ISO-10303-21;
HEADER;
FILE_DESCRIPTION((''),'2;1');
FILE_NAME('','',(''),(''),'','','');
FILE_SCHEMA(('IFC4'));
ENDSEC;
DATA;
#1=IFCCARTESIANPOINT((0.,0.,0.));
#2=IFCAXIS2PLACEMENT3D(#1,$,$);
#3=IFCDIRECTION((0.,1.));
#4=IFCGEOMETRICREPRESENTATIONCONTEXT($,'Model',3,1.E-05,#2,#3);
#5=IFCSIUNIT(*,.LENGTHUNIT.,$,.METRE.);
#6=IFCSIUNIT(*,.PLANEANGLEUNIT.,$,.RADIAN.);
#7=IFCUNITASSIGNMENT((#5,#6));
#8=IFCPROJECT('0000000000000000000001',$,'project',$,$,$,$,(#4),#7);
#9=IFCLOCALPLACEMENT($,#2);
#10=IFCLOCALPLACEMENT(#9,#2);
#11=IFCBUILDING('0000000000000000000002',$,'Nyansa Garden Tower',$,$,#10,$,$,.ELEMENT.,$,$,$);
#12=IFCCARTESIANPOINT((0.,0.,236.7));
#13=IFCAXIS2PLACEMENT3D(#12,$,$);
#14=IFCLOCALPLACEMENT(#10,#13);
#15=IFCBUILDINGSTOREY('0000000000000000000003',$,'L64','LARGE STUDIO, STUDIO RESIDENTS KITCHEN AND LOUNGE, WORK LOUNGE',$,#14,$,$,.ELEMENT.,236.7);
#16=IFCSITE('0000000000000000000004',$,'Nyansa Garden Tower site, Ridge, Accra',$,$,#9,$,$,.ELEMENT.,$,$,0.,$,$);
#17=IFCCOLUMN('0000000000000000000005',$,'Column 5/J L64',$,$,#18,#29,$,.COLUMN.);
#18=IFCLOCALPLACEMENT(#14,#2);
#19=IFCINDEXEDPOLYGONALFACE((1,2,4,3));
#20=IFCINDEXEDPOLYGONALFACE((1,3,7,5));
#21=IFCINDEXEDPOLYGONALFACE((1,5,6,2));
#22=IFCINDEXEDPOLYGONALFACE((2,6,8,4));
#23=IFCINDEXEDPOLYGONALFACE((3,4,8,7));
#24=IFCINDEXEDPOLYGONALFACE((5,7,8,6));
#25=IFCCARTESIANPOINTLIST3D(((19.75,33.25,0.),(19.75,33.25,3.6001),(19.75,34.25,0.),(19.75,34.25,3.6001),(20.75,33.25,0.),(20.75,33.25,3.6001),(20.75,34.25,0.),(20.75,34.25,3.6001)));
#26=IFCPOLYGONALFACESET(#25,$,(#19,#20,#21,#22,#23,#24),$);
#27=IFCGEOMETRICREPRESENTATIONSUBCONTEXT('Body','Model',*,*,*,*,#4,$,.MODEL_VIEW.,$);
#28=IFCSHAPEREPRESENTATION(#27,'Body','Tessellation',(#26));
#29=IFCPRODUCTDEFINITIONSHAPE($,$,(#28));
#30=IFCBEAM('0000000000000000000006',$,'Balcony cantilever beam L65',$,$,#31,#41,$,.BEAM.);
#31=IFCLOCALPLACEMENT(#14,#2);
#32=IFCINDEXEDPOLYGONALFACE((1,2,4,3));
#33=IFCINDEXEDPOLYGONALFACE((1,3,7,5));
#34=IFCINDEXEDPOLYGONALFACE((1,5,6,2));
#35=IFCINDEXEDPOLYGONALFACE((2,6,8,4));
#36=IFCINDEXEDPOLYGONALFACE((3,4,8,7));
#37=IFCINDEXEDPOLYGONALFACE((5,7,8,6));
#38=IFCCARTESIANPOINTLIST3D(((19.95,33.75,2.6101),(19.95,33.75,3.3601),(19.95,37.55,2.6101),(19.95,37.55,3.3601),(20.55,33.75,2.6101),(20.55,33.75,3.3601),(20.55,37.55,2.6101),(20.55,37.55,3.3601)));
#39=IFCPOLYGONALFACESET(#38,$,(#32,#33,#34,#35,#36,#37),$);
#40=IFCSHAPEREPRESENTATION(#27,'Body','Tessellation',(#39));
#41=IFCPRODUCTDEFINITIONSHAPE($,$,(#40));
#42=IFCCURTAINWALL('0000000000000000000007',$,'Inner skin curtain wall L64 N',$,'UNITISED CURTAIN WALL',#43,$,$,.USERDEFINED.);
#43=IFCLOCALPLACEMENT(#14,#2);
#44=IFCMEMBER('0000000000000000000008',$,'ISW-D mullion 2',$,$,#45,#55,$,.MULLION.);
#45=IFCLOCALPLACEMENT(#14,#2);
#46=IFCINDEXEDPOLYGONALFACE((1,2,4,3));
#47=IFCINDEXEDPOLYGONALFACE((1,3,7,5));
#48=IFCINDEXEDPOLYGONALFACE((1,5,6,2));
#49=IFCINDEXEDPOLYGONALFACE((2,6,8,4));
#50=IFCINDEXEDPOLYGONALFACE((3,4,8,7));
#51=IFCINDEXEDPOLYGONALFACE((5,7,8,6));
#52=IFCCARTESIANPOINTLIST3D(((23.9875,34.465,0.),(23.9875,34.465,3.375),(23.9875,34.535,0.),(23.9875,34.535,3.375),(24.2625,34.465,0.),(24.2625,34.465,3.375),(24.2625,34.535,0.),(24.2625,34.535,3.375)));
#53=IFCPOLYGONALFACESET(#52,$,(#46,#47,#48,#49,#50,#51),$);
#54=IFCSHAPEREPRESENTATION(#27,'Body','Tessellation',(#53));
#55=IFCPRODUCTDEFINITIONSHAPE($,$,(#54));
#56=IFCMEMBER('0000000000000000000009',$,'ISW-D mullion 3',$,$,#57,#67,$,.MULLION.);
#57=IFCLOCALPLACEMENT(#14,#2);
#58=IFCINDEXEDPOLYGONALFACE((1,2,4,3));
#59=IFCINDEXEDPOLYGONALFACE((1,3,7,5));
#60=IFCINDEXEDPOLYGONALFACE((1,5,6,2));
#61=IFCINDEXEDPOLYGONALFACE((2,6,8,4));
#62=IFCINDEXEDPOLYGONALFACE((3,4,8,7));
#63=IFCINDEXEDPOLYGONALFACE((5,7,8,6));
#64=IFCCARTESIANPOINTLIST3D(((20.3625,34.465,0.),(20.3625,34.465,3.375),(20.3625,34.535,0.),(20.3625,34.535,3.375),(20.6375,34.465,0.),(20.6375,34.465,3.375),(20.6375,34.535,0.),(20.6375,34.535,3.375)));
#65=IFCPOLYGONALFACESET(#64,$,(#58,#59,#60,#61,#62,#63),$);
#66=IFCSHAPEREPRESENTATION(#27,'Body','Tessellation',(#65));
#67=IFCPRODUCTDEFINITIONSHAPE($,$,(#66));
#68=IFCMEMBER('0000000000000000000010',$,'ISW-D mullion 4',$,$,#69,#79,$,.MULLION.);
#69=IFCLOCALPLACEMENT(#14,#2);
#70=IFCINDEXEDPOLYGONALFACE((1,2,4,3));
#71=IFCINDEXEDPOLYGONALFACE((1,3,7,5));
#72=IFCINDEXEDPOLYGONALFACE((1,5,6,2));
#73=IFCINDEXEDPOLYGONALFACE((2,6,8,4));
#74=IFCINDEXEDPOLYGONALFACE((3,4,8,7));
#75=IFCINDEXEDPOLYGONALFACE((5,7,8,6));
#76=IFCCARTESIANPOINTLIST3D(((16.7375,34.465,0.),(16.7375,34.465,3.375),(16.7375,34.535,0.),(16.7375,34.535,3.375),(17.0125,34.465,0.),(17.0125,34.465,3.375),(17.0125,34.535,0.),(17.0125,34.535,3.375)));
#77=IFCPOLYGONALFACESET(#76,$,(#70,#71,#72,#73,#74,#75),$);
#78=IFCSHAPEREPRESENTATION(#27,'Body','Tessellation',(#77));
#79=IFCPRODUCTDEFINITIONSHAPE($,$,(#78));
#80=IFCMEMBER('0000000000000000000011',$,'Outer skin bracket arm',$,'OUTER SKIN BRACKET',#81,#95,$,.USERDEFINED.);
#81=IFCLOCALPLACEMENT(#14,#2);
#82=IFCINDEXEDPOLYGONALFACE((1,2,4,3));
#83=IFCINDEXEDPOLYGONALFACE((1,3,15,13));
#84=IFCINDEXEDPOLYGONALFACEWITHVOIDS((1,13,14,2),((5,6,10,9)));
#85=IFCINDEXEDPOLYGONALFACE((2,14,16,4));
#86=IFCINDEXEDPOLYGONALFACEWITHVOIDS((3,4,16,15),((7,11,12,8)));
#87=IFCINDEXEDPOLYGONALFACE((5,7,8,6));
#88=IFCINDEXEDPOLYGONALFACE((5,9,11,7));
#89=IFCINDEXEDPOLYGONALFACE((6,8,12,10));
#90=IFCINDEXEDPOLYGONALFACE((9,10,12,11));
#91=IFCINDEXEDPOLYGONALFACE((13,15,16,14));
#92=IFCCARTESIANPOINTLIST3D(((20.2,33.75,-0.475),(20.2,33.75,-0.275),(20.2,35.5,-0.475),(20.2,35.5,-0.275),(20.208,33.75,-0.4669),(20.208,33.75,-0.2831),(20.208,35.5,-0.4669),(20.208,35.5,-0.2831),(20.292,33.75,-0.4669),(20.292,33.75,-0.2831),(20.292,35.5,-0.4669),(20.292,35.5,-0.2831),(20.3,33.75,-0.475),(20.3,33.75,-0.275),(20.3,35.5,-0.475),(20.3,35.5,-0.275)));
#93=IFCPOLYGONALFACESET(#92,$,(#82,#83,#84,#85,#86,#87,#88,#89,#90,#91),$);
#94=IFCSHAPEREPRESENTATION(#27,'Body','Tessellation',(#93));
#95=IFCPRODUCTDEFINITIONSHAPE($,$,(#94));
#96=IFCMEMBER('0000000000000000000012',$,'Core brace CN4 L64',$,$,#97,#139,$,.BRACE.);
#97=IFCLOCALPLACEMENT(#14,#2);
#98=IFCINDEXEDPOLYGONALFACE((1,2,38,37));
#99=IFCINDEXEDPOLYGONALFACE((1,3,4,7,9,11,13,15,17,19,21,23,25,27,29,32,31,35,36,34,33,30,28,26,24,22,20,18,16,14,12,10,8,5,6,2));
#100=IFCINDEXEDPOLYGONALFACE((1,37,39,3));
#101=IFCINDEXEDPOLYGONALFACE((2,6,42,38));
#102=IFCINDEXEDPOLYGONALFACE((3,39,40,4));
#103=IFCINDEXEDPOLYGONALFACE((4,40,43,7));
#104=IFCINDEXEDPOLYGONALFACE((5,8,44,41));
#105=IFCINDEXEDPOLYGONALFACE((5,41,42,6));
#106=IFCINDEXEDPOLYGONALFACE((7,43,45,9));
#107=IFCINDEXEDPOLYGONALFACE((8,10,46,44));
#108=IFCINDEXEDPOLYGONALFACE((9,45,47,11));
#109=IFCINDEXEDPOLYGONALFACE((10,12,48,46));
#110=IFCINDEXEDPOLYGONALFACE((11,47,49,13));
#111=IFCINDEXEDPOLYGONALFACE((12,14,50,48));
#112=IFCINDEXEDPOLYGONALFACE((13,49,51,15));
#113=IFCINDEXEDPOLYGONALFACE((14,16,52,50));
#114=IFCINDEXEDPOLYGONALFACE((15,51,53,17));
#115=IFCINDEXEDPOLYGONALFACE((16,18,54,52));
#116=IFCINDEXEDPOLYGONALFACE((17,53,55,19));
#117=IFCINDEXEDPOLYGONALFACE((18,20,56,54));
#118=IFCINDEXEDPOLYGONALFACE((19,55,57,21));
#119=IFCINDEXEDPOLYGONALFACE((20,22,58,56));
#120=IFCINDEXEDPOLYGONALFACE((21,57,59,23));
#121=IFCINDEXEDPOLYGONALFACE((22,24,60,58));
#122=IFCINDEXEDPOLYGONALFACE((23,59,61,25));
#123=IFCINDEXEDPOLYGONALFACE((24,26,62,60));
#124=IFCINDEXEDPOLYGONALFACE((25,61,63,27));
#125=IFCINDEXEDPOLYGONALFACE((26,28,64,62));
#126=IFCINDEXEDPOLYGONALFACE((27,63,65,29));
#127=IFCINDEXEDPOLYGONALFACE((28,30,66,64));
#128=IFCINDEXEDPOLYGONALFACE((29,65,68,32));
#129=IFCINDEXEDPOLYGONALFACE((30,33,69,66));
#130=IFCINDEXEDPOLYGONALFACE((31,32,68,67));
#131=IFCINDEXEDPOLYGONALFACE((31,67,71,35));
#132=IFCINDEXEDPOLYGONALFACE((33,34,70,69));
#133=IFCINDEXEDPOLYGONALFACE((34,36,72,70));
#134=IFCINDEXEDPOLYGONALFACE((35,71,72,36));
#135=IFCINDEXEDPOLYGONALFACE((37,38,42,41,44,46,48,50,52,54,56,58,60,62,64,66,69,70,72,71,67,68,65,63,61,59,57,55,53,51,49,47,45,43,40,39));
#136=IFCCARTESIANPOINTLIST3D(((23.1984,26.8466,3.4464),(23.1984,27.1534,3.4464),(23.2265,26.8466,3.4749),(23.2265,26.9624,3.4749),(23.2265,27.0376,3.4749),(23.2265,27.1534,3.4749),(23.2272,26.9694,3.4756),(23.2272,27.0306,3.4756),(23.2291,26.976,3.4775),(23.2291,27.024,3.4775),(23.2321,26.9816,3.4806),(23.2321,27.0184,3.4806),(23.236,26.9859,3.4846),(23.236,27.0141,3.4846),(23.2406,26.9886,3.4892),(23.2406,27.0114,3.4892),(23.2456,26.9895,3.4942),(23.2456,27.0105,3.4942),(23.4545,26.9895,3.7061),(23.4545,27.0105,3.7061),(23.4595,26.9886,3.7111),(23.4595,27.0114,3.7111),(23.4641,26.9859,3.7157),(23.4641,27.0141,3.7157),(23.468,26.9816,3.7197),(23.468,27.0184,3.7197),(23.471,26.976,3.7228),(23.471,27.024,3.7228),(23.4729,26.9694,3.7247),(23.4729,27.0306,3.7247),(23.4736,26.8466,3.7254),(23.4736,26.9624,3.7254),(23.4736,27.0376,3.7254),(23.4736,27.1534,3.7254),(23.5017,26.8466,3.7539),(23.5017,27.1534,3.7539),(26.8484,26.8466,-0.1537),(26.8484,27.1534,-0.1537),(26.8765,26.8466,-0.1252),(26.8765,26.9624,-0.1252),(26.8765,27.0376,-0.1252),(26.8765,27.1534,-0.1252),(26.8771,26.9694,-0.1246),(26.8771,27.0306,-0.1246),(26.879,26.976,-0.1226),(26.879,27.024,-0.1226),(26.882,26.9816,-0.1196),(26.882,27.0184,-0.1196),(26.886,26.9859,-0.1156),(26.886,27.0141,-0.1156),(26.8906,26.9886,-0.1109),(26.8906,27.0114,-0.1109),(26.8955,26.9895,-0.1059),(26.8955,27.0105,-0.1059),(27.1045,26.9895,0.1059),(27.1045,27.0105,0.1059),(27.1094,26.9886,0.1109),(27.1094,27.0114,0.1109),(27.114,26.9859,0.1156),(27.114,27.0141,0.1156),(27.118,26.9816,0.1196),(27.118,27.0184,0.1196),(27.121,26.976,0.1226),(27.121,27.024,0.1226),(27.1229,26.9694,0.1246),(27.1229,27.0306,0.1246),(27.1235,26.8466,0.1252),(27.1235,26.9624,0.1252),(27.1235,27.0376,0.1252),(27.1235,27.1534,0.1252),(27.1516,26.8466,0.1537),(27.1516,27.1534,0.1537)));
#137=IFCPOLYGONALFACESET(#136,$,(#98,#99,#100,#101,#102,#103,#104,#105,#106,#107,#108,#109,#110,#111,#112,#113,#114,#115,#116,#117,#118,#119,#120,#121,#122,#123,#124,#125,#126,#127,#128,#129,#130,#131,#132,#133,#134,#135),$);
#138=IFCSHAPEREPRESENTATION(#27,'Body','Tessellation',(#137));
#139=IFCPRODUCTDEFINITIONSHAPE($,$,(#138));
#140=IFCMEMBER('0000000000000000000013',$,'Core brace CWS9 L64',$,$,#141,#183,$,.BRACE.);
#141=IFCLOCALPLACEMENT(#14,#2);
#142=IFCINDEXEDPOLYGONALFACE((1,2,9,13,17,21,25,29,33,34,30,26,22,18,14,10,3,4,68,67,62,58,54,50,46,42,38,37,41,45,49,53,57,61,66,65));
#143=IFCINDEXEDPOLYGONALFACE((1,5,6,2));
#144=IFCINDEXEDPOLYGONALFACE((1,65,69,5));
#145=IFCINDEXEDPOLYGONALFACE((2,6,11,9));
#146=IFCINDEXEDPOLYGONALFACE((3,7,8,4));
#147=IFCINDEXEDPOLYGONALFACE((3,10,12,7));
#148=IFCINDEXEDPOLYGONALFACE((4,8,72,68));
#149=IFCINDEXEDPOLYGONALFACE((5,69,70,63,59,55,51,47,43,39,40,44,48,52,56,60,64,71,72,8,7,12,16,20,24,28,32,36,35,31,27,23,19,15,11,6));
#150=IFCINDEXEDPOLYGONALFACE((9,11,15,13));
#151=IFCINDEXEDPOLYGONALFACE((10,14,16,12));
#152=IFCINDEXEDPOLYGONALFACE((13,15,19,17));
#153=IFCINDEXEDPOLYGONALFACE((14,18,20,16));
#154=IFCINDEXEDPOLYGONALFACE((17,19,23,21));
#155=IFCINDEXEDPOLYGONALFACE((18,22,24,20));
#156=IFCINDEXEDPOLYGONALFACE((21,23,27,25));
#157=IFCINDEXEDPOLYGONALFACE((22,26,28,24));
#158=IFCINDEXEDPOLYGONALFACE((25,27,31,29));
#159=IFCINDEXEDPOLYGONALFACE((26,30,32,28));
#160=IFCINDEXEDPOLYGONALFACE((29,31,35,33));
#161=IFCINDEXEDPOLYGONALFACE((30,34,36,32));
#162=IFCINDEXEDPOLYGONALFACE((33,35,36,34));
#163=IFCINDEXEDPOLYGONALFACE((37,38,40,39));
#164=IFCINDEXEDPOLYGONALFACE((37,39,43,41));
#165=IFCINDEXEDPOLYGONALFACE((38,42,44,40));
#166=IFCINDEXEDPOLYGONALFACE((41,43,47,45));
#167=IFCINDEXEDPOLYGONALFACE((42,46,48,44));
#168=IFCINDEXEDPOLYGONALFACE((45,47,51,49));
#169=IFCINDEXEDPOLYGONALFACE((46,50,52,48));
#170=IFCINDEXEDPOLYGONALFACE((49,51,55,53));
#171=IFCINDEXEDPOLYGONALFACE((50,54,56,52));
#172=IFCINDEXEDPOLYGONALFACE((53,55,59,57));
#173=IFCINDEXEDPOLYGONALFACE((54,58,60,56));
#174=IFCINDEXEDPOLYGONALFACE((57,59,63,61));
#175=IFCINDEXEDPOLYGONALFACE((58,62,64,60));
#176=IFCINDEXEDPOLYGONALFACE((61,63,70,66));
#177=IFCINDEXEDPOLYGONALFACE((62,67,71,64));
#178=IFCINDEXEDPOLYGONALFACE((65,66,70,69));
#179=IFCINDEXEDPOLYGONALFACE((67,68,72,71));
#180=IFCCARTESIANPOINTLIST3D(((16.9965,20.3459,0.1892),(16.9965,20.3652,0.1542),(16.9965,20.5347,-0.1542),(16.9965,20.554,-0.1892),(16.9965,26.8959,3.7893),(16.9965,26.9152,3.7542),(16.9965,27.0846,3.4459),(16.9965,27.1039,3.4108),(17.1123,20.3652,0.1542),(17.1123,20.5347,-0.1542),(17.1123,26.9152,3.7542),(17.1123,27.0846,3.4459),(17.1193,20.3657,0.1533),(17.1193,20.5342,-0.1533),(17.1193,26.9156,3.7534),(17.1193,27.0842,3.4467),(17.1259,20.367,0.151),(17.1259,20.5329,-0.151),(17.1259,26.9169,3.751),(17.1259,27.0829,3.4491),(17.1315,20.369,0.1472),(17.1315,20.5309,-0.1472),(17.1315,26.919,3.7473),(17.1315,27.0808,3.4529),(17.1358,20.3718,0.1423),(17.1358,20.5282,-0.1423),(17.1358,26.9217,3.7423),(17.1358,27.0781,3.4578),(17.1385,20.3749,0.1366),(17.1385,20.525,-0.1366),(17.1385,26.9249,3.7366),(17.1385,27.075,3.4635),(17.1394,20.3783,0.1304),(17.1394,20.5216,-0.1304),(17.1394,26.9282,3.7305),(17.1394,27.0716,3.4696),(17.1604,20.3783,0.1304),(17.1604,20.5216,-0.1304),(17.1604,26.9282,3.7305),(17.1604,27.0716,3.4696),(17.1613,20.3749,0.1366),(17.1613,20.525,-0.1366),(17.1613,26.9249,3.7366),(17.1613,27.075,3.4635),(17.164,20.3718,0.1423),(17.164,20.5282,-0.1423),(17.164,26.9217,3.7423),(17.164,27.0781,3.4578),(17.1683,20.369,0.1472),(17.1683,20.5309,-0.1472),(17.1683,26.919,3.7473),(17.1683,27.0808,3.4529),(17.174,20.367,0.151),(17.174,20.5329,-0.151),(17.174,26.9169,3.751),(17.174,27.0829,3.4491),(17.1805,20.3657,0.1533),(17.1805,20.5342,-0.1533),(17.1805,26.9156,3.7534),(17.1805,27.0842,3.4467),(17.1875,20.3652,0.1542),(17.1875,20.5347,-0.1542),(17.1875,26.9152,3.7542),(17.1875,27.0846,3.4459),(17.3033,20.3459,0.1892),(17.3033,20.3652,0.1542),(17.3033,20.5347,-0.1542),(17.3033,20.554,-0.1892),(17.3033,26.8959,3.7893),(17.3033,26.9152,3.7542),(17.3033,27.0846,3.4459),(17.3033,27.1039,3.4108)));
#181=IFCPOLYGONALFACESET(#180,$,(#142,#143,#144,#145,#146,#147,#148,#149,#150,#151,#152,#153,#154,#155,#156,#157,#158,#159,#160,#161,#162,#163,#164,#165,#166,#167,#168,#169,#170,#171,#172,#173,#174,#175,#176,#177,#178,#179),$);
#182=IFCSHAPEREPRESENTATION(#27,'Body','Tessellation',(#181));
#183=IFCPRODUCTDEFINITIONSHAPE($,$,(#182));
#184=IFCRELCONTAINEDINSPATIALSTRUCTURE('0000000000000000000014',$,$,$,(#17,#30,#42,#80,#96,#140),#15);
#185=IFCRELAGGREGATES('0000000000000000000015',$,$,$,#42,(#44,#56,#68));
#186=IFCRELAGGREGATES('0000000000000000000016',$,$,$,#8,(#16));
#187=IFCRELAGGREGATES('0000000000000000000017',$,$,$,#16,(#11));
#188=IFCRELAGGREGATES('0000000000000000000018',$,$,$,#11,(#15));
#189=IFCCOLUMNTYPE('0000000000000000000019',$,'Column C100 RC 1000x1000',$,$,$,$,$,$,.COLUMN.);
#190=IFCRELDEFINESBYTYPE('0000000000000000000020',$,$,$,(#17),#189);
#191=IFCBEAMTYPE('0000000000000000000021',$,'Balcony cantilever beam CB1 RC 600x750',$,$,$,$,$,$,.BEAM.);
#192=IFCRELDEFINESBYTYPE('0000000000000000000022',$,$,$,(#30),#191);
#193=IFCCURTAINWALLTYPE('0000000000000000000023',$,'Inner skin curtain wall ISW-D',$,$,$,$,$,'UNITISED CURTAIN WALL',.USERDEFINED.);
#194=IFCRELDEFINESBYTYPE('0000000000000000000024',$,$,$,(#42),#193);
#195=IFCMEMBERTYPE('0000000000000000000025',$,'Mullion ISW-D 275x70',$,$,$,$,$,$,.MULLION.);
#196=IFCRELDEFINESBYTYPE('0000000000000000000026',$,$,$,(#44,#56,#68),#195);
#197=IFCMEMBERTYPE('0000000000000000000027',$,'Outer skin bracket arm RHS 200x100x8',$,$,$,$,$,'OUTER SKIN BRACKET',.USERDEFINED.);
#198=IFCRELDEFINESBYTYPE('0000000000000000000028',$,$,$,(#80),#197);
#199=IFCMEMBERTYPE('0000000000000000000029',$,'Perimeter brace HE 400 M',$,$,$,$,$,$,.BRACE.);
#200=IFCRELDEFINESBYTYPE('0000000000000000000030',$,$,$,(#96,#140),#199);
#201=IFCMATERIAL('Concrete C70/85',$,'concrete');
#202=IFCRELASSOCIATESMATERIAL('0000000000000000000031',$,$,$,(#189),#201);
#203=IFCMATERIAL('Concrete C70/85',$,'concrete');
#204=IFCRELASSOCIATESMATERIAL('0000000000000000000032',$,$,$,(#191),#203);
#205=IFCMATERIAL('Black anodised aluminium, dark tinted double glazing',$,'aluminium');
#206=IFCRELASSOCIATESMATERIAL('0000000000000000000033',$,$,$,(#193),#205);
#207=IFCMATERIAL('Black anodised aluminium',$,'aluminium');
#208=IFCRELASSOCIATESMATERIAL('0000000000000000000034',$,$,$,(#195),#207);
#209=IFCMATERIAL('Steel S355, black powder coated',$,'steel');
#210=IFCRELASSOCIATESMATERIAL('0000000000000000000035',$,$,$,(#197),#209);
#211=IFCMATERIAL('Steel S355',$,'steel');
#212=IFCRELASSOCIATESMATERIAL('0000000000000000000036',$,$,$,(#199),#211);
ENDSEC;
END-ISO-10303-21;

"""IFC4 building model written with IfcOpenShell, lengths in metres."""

from ifc_helpers import new_model, si_unit, direction, frame, origin, origin_2d, place, context, subcontext, project, spatial, rectangle, hollow_rectangle, i_section, extrude, material, material_profile, profile_set, type_object, element, aggregate, save


model = new_model("IFC4")

# Units and contexts
model_context = context("Model", 3, precision=1e-05, world=origin(), true_north=direction((0.0, 1.0)))
body_context = subcontext(model_context, "Body", "Model", "MODEL_VIEW")
ifc_project = project(units=[si_unit("LENGTHUNIT", "METRE"), si_unit("PLANEANGLEUNIT", "RADIAN")], contexts=[model_context])

# Site, building, storey
site_placement = place(None, origin())
site = spatial("IfcSite", under=ifc_project, at=site_placement, Name="Nyansa Garden Tower site, Ridge, Accra", CompositionType="ELEMENT", RefElevation=0.0)
building_placement = place(site_placement, origin())
building = spatial("IfcBuilding", under=site, at=building_placement, Name="Nyansa Garden Tower", CompositionType="ELEMENT")
storey_placement = place(building_placement, frame((0.0, 0.0, 236.7)))
storey = spatial("IfcBuildingStorey", under=building, at=storey_placement, Name="L64", Description="LARGE STUDIO, STUDIO RESIDENTS KITCHEN AND LOUNGE, WORK LOUNGE", CompositionType="ELEMENT", Elevation=236.7)

# Column
ifc_material_1 = material(Name="Concrete C70/85", Category="concrete")
ifc_material_profile_1 = material_profile(ifc_material_1, rectangle(XDim=1.0, YDim=1.0, at=origin_2d()), Name="RC 1000x1000")
ifc_profile_set_1 = profile_set([ifc_material_profile_1], Name="Concrete C70/85")
column_type = type_object("IfcColumnType", Name="Column C100 RC 1000x1000", PredefinedType="COLUMN", material=ifc_profile_set_1)
column_placement = place(storey_placement, frame((20.25, 33.75, 0.0), z_axis=(0.0, 0.0, 1.0), x_axis=(1.0, 0.0, 0.0)))
element("IfcColumn", 1, at=column_placement, inside=storey, type_object=column_type, Name="Column 5/J L64", PredefinedType="COLUMN", context=body_context, shape_type="SweptSolid", body=[
    extrude(rectangle(XDim=1.0, YDim=1.0, at=origin_2d()), origin(), (0.0, 0.0, 1.0), 3.6001),
])

# Beam
ifc_material_2 = material(Name="Concrete C70/85", Category="concrete")
ifc_material_profile_2 = material_profile(ifc_material_2, rectangle(XDim=0.6001, YDim=0.75, at=origin_2d()), Name="RC 600x750")
ifc_profile_set_2 = profile_set([ifc_material_profile_2], Name="Concrete C70/85")
beam_type_1 = type_object("IfcBeamType", Name="Balcony cantilever beam CB1 RC 600x750", PredefinedType="BEAM", material=ifc_profile_set_2)
beam_1_placement = place(storey_placement, frame((20.25, 33.75, 2.9851), z_axis=(0.0, 1.0, 0.0), x_axis=(-1.0, 0.0, 0.0)))
element("IfcBeam", 2, at=beam_1_placement, inside=storey, type_object=beam_type_1, Name="Balcony cantilever beam L65", PredefinedType="BEAM", context=body_context, shape_type="SweptSolid", body=[
    extrude(rectangle(XDim=0.6001, YDim=0.75, at=origin_2d()), origin(), (0.0, 0.0, 1.0), 3.8),
])

# Curtain wall, members
ifc_material_3 = material(Name="Black anodised aluminium, dark tinted double glazing", Category="aluminium")
curtain_wall_type = type_object("IfcCurtainWallType", Name="Inner skin curtain wall ISW-D", ElementType="UNITISED CURTAIN WALL", PredefinedType="USERDEFINED", material=ifc_material_3)
curtain_wall_placement = place(storey_placement, origin())
curtain_wall = element("IfcCurtainWall", 3, at=curtain_wall_placement, inside=storey, type_object=curtain_wall_type, Name="Inner skin curtain wall L64 N", ObjectType="UNITISED CURTAIN WALL", PredefinedType="USERDEFINED")
ifc_material_4 = material(Name="Black anodised aluminium", Category="aluminium")
ifc_material_profile_3 = material_profile(ifc_material_4, rectangle(XDim=0.0701, YDim=0.2749, at=origin_2d()), Name="Mullion 275x70")
ifc_profile_set_3 = profile_set([ifc_material_profile_3], Name="Black anodised aluminium")
member_type_1 = type_object("IfcMemberType", Name="Mullion ISW-D 275x70", PredefinedType="MULLION", material=ifc_profile_set_3)
member_1_placement = place(storey_placement, frame((24.125, 34.5, 0.0), z_axis=(0.0, 0.0, 1.0), x_axis=(0.0, -1.0, 0.0)))
member_1 = element("IfcMember", 4, at=member_1_placement, type_object=member_type_1, Name="ISW-D mullion 2", PredefinedType="MULLION", context=body_context, shape_type="SweptSolid", body=[
    extrude(rectangle(XDim=0.0701, YDim=0.2749, at=origin_2d()), origin(), (0.0, 0.0, 1.0), 3.375),
])
member_2_placement = place(storey_placement, frame((20.5, 34.5, 0.0), z_axis=(0.0, 0.0, 1.0), x_axis=(0.0, -1.0, 0.0)))
member_2 = element("IfcMember", 5, at=member_2_placement, type_object=member_type_1, Name="ISW-D mullion 3", PredefinedType="MULLION", context=body_context, shape_type="SweptSolid", body=[
    extrude(rectangle(XDim=0.0701, YDim=0.2749, at=origin_2d()), origin(), (0.0, 0.0, 1.0), 3.375),
])
member_3_placement = place(storey_placement, frame((16.875, 34.5, 0.0), z_axis=(0.0, 0.0, 1.0), x_axis=(0.0, -1.0, 0.0)))
member_3 = element("IfcMember", 6, at=member_3_placement, type_object=member_type_1, Name="ISW-D mullion 4", PredefinedType="MULLION", context=body_context, shape_type="SweptSolid", body=[
    extrude(rectangle(XDim=0.0701, YDim=0.2749, at=origin_2d()), origin(), (0.0, 0.0, 1.0), 3.375),
])

# Members
ifc_material_5 = material(Name="Steel S355, black powder coated", Category="steel")
ifc_material_profile_4 = material_profile(ifc_material_5, hollow_rectangle(XDim=0.1001, YDim=0.2, WallThickness=0.0081, at=origin_2d()), Name="RHS 200x100x8")
ifc_profile_set_4 = profile_set([ifc_material_profile_4], Name="Steel S355, black powder coated")
member_type_2 = type_object("IfcMemberType", Name="Outer skin bracket arm RHS 200x100x8", ElementType="OUTER SKIN BRACKET", PredefinedType="USERDEFINED", material=ifc_profile_set_4)
member_4_placement = place(storey_placement, frame((20.25, 33.75, -0.375), z_axis=(0.0, 1.0, 0.0), x_axis=(-1.0, 0.0, 0.0)))
element("IfcMember", 7, at=member_4_placement, inside=storey, type_object=member_type_2, Name="Outer skin bracket arm", ObjectType="OUTER SKIN BRACKET", PredefinedType="USERDEFINED", context=body_context, shape_type="SweptSolid", body=[
    extrude(hollow_rectangle(XDim=0.1001, YDim=0.2, WallThickness=0.0081, at=origin_2d()), origin(), (0.0, 0.0, 1.0), 1.75),
])
ifc_material_6 = material(Name="Steel S355", Category="steel")
ifc_material_profile_5 = material_profile(ifc_material_6, i_section(OverallWidth=0.3069, OverallDepth=0.4319, WebThickness=0.021, FlangeThickness=0.04, FilletRadius=0.0271, at=origin_2d()), Name="HE 400 M")
ifc_profile_set_5 = profile_set([ifc_material_profile_5], Name="Steel S355")
member_type_3 = type_object("IfcMemberType", Name="Perimeter brace HE 400 M", PredefinedType="BRACE", material=ifc_profile_set_5)
member_5_placement = place(storey_placement, frame((27.0, 27.0, 0.0), z_axis=(-0.711948, 0.0, 0.702233), x_axis=(0.0, -1.0, 0.0)))
element("IfcMember", 8, at=member_5_placement, inside=storey, type_object=member_type_3, Name="Core brace CN4 L64", PredefinedType="BRACE", context=body_context, shape_type="SweptSolid", body=[
    extrude(i_section(OverallWidth=0.3069, OverallDepth=0.4319, WebThickness=0.021, FlangeThickness=0.04, FilletRadius=0.0271, at=origin_2d()), origin(), (0.0, 0.0, 1.0), 5.1267),
])
for number, where, z_axis, x_axis, name in (
    (9, (17.1499, 20.45, 0.0), (0.0, 0.876353, 0.481669), (-1.0, 0.0, 0.0), "Core brace CWS9 L64"),
):
    element("IfcMember", number, at=place(storey_placement, frame(where, z_axis=z_axis, x_axis=x_axis)), inside=storey, type_object=member_type_3, Name=name, PredefinedType="BRACE", context=body_context, shape_type="SweptSolid", body=[
        extrude(i_section(OverallWidth=0.3069, OverallDepth=0.4319, WebThickness=0.021, FlangeThickness=0.04, FilletRadius=0.0271, at=origin_2d()), origin(), (0.0, 0.0, 1.0), 7.4741),
    ])

aggregate(curtain_wall, [member_1, member_2, member_3])

save(model, "model.ifc")
